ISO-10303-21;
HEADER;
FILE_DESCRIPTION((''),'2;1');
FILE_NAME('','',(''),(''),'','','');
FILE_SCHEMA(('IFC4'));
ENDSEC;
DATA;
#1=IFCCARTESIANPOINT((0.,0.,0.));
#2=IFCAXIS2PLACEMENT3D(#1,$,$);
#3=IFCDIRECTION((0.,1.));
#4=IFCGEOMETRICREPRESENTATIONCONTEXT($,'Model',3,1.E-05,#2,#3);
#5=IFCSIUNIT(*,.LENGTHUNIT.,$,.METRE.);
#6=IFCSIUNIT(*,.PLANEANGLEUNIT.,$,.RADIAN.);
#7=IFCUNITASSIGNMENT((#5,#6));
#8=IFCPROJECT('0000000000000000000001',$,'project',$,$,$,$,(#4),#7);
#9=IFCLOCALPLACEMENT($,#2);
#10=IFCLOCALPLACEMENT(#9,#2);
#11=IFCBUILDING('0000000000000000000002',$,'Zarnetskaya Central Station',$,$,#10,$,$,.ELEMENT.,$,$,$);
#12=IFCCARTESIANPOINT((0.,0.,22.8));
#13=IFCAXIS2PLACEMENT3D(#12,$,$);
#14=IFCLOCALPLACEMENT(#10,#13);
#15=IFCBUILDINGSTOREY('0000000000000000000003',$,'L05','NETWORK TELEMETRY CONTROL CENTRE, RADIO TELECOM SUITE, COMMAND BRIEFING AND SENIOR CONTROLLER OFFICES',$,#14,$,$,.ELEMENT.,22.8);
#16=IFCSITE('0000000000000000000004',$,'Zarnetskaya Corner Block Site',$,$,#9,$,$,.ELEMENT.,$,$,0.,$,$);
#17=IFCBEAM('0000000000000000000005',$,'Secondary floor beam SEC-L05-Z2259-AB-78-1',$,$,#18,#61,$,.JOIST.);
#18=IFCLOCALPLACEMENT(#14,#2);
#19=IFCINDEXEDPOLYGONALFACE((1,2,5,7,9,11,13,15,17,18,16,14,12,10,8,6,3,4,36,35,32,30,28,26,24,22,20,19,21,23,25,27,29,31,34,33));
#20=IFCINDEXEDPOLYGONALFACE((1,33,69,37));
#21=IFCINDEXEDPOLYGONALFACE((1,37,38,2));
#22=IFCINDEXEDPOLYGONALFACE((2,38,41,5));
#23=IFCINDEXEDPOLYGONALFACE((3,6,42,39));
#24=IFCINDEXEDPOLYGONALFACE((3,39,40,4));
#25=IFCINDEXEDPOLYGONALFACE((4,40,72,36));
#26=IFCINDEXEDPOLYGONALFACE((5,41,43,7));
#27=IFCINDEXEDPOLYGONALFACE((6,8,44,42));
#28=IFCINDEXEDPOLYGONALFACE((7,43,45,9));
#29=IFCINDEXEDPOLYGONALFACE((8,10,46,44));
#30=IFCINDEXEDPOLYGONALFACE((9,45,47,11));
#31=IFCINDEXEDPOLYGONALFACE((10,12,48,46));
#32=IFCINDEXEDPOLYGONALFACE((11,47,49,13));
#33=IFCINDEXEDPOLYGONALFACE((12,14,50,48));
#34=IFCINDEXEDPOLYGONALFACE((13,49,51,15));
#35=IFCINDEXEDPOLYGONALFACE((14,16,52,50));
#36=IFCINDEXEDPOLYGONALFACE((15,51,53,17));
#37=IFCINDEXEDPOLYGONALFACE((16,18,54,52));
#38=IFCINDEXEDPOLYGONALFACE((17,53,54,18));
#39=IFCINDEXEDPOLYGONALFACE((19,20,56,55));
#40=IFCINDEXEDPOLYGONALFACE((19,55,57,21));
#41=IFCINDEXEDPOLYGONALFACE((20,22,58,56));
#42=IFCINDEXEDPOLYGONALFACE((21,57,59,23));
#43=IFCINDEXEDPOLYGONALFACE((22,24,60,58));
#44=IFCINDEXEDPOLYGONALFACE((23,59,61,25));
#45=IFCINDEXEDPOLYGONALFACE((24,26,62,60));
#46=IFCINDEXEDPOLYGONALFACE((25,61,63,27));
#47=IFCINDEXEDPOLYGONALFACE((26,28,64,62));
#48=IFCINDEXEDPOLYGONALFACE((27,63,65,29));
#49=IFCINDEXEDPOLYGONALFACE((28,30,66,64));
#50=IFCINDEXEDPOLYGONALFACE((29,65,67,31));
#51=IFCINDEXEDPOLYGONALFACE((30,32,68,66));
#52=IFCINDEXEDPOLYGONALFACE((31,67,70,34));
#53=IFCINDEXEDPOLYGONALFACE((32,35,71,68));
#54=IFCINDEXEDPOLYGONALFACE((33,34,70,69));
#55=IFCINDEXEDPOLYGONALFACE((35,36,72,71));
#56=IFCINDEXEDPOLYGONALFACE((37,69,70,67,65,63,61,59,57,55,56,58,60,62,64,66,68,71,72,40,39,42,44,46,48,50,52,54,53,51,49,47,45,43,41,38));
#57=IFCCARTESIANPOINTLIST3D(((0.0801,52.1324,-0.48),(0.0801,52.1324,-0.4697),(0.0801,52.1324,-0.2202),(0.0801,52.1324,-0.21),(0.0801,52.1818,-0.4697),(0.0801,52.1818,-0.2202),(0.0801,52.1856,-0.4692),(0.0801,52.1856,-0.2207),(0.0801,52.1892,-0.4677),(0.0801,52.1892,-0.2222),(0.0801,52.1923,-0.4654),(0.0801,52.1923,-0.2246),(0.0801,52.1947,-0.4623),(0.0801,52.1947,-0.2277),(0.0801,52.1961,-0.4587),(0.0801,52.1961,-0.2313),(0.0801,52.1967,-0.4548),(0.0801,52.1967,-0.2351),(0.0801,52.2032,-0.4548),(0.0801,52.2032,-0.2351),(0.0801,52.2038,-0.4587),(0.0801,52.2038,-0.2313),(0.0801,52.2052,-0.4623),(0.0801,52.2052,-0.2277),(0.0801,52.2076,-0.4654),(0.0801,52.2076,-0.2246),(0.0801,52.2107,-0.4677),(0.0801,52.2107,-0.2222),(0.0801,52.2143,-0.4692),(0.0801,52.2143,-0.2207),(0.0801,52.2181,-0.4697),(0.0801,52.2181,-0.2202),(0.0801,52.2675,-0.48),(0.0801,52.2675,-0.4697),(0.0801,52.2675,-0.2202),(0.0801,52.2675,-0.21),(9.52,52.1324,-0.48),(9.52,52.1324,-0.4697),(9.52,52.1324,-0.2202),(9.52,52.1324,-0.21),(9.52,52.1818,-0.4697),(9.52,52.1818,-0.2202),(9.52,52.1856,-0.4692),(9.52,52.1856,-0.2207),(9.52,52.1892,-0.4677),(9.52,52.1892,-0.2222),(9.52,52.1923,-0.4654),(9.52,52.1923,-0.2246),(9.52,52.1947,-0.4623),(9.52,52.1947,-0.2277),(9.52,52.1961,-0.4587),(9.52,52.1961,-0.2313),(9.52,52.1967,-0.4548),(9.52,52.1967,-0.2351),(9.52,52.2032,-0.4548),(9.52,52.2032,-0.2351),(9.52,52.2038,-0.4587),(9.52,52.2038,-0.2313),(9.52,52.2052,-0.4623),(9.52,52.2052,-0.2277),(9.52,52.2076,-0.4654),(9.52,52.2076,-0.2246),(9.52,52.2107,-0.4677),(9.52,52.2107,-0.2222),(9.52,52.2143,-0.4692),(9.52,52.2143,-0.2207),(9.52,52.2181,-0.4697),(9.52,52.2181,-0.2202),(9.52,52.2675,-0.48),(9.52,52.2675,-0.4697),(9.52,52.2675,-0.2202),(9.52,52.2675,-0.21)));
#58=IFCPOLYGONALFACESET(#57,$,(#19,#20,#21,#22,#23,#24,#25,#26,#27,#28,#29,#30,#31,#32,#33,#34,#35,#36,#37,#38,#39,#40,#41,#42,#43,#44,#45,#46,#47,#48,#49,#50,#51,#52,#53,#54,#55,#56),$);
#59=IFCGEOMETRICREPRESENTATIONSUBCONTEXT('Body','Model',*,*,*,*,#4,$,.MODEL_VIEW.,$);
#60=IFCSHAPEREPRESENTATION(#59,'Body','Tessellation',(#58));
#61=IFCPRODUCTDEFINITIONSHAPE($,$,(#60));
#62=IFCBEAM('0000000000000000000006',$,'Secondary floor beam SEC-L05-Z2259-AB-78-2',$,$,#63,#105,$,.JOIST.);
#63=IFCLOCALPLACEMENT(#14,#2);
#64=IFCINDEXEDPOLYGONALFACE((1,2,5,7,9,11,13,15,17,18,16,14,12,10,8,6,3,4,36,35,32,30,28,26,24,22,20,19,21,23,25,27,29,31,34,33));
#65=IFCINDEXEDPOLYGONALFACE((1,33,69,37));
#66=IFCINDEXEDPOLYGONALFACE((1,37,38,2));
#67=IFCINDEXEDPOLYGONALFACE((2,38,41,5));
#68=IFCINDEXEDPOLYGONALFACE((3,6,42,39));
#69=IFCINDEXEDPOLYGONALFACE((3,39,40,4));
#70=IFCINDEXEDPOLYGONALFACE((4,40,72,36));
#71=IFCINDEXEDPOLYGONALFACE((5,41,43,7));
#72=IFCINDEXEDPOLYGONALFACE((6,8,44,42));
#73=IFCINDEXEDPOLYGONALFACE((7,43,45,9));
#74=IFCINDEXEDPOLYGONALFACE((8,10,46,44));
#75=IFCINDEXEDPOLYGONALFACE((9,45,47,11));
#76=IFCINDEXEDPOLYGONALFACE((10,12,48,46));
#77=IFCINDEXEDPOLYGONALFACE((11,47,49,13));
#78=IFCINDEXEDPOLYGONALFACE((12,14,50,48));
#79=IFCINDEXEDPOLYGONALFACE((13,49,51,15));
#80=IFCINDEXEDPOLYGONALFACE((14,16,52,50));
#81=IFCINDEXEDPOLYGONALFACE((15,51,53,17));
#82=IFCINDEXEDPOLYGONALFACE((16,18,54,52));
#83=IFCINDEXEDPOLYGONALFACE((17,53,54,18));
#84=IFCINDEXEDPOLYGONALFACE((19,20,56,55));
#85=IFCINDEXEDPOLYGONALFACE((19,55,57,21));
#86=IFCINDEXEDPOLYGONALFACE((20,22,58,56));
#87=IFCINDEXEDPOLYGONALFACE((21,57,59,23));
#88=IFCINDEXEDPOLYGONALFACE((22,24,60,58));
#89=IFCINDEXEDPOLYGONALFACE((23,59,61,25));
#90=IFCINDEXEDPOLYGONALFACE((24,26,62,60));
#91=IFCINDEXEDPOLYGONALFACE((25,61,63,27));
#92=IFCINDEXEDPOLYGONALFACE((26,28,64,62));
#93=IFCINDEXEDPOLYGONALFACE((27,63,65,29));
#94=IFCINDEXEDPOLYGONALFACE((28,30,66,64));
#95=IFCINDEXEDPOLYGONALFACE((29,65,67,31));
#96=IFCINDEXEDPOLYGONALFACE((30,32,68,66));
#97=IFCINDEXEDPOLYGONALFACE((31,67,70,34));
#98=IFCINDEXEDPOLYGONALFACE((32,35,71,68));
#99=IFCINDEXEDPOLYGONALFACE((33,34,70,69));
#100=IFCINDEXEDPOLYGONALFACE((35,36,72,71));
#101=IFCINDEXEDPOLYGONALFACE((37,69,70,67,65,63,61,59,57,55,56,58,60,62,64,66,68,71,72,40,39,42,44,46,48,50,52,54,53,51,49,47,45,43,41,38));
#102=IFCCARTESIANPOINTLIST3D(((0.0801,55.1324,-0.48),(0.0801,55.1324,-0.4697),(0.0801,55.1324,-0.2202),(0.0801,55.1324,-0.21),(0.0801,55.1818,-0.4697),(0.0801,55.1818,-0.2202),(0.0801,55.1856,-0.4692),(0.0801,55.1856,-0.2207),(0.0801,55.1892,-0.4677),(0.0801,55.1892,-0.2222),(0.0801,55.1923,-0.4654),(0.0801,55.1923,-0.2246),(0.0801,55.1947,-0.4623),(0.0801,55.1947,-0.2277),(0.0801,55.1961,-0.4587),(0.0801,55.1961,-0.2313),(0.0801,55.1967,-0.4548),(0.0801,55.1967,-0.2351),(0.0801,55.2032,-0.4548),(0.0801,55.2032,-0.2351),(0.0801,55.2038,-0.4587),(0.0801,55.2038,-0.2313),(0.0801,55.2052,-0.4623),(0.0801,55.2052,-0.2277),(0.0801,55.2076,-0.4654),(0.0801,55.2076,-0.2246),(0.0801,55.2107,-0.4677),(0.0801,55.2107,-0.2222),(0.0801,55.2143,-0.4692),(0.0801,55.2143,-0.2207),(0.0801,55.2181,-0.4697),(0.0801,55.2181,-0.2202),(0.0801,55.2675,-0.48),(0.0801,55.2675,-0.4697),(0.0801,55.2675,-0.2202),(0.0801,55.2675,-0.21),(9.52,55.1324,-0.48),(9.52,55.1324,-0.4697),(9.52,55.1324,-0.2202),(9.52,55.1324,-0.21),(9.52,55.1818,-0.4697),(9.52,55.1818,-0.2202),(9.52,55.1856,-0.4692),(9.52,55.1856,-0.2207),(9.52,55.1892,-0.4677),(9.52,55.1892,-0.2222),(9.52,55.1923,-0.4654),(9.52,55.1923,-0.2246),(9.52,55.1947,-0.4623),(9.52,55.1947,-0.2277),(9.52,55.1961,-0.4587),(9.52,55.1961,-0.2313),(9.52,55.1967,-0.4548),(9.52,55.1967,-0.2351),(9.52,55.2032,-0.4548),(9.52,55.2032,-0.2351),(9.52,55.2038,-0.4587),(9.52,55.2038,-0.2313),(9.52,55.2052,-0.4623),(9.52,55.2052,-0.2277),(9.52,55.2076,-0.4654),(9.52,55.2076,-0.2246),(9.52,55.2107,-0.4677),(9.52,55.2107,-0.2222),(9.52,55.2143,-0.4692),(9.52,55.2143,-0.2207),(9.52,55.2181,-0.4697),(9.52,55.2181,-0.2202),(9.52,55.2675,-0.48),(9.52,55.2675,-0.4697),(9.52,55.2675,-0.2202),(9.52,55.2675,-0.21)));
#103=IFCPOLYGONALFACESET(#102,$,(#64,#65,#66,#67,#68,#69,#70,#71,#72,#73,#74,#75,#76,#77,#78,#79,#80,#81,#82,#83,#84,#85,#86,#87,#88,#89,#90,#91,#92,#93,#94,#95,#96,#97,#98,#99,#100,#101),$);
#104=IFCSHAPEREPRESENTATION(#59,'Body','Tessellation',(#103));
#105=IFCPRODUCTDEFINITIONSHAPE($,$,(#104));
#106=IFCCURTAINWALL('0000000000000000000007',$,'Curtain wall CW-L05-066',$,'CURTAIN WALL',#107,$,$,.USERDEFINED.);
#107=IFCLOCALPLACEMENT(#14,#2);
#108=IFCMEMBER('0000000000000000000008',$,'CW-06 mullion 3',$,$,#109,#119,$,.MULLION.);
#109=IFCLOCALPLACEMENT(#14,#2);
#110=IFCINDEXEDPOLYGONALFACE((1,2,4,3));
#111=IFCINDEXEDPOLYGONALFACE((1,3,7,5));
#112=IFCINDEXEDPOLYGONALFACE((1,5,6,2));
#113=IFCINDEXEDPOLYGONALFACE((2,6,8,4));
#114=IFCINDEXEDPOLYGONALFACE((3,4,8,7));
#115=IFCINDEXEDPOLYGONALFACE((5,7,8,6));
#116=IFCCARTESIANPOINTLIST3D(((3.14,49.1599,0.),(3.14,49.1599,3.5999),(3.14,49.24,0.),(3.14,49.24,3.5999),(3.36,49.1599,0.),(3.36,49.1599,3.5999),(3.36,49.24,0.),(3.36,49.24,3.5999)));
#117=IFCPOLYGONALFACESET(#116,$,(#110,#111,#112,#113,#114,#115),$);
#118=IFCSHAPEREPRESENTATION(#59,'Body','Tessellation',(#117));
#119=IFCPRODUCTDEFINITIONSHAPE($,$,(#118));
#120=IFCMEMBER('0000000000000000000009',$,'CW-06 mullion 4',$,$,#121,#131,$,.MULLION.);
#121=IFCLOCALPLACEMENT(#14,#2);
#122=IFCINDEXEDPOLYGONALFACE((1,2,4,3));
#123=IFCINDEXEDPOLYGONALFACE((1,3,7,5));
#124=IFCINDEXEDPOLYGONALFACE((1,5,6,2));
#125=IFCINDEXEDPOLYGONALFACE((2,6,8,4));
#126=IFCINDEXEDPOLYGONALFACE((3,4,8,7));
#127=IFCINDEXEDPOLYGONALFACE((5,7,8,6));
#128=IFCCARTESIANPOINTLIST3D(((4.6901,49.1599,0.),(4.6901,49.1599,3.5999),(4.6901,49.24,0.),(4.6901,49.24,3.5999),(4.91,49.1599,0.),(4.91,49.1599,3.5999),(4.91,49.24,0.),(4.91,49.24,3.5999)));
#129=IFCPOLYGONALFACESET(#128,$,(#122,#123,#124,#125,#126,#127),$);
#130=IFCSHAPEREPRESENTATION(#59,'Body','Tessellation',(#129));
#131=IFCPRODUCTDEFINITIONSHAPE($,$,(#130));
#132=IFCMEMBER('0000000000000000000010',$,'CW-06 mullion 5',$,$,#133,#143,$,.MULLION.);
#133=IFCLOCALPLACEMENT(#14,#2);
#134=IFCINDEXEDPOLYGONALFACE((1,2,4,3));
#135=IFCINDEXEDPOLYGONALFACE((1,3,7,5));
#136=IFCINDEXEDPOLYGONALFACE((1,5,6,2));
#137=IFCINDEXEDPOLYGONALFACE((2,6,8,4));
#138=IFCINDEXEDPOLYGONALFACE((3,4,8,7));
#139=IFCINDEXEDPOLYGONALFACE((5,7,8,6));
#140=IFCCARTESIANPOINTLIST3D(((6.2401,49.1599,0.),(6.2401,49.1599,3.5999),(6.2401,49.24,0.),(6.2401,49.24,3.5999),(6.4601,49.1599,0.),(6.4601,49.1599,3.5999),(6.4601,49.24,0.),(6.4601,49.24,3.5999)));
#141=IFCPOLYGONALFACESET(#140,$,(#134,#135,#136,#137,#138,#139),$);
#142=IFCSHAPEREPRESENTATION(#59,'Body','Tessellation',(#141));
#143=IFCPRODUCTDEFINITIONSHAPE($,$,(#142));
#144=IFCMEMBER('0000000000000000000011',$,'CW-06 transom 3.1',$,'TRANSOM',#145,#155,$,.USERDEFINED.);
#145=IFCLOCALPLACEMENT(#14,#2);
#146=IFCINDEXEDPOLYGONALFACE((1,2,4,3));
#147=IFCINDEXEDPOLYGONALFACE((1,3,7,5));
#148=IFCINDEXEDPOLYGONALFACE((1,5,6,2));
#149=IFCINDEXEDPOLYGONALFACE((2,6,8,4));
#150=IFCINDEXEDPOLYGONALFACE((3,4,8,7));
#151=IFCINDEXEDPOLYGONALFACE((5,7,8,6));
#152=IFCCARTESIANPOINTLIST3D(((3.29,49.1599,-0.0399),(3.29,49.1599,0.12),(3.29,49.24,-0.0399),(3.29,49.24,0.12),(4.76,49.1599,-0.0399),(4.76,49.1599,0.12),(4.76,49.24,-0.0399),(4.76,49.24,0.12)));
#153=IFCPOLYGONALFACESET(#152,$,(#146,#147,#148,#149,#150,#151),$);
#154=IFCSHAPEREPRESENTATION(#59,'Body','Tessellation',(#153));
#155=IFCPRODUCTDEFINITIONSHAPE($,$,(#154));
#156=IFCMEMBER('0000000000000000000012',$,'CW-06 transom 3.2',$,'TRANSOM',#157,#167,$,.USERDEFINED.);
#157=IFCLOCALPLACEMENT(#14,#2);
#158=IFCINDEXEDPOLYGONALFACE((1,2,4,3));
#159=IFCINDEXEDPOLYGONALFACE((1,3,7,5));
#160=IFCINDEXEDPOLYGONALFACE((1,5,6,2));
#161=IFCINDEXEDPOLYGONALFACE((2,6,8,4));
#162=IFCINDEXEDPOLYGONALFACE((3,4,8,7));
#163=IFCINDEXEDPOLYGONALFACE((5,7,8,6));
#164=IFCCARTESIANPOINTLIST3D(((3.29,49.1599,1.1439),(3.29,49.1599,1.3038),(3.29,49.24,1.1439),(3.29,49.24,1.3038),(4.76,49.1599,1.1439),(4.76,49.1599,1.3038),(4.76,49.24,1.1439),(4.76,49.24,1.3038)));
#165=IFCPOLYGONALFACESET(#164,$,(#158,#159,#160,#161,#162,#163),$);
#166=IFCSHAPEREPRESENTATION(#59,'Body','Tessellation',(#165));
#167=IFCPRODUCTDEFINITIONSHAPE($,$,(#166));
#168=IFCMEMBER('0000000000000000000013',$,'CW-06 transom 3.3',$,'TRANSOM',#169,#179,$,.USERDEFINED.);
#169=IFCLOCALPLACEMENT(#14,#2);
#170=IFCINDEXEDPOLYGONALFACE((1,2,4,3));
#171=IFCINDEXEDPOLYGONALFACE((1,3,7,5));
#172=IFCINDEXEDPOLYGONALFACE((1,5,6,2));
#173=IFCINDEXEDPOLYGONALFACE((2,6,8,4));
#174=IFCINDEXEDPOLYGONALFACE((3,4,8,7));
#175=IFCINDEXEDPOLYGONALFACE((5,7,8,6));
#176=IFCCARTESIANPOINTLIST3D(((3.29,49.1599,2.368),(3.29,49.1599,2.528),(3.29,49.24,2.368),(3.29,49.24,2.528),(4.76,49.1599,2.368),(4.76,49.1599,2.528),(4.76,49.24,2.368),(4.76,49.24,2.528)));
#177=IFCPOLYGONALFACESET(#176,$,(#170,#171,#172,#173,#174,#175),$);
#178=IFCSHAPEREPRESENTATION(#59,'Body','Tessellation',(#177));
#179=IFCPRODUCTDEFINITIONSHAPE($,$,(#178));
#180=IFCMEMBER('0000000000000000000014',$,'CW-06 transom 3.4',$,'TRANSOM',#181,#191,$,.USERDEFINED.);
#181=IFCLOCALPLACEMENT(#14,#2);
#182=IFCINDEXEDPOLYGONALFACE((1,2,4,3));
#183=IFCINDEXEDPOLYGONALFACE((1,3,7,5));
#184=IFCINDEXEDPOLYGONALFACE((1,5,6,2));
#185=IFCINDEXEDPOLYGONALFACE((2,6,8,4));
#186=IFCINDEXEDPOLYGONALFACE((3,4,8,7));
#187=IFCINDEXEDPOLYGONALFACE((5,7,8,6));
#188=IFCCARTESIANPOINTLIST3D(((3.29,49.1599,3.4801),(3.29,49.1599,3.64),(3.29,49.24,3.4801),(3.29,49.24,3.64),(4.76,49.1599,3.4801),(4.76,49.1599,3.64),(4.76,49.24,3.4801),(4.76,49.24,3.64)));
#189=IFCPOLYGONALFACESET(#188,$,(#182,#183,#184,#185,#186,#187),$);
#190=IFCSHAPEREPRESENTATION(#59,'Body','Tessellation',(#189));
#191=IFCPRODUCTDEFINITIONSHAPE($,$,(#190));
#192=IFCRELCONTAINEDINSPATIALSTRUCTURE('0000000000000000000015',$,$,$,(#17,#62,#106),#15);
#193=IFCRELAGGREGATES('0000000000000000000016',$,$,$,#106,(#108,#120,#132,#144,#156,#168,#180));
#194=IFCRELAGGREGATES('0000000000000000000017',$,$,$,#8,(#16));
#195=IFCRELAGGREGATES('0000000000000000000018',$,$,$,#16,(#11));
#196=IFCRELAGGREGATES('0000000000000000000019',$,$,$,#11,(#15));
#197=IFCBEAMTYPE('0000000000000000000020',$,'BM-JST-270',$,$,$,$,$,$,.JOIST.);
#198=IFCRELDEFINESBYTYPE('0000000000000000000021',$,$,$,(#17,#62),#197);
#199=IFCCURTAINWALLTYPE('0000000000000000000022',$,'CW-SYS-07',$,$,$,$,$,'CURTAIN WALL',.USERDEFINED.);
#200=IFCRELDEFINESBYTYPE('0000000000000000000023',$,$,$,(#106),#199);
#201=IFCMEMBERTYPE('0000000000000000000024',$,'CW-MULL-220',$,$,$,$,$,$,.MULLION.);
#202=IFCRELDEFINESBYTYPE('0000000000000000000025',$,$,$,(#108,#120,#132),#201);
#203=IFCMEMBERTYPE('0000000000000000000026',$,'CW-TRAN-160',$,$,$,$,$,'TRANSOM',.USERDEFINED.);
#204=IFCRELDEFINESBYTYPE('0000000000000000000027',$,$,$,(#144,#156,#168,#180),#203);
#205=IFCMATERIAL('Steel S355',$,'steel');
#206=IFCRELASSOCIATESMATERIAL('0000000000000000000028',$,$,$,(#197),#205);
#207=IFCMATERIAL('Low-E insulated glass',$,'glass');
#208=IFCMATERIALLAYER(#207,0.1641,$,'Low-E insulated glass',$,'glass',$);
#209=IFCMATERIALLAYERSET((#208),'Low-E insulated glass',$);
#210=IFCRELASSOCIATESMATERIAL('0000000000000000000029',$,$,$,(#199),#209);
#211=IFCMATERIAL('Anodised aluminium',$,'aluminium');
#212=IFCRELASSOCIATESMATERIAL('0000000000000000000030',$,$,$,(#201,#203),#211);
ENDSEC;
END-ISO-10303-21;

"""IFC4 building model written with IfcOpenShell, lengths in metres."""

from ifc_helpers import new_model, si_unit, direction, frame, origin, origin_2d, place, context, subcontext, project, spatial, rectangle, i_section, extrude, material, layer, layer_set, material_profile, profile_set, type_object, element, aggregate, save


model = new_model("IFC4")

# Units and contexts
model_context = context("Model", 3, precision=1e-05, world=origin(), true_north=direction((0.0, 1.0)))
body_context = subcontext(model_context, "Body", "Model", "MODEL_VIEW")
ifc_project = project(units=[si_unit("LENGTHUNIT", "METRE"), si_unit("PLANEANGLEUNIT", "RADIAN")], contexts=[model_context])

# Site, building, storey
site_placement = place(None, origin())
site = spatial("IfcSite", under=ifc_project, at=site_placement, Name="Zarnetskaya Corner Block Site", CompositionType="ELEMENT", RefElevation=0.0)
building_placement = place(site_placement, origin())
building = spatial("IfcBuilding", under=site, at=building_placement, Name="Zarnetskaya Central Station", CompositionType="ELEMENT")
storey_placement = place(building_placement, frame((0.0, 0.0, 22.8)))
storey = spatial("IfcBuildingStorey", under=building, at=storey_placement, Name="L05", Description="NETWORK TELEMETRY CONTROL CENTRE, RADIO TELECOM SUITE, COMMAND BRIEFING AND SENIOR CONTROLLER OFFICES", CompositionType="ELEMENT", Elevation=22.8)

# Beams
ifc_material_1 = material(Name="Steel S355", Category="steel")
ifc_material_profile_1 = material_profile(ifc_material_1, i_section(OverallWidth=0.135, OverallDepth=0.27, WebThickness=0.0066, FlangeThickness=0.0103, FilletRadius=0.0149, at=origin_2d()), Name="IPE 270")
ifc_profile_set_1 = profile_set([ifc_material_profile_1], Name="Steel S355")
beam_type_1 = type_object("IfcBeamType", Name="BM-JST-270", PredefinedType="JOIST", material=ifc_profile_set_1)
for number, where, z_axis, x_axis, name in (
    (1, (0.0801, 52.2, -0.345), (1.0, 0.0, 0.0), (0.0, 1.0, 0.0), "Secondary floor beam SEC-L05-Z2259-AB-78-1"),
    (2, (0.0801, 55.2, -0.345), (1.0, 0.0, 0.0), (0.0, 1.0, 0.0), "Secondary floor beam SEC-L05-Z2259-AB-78-2"),
):
    element("IfcBeam", number, at=place(storey_placement, frame(where, z_axis=z_axis, x_axis=x_axis)), inside=storey, type_object=beam_type_1, Name=name, PredefinedType="JOIST", context=body_context, shape_type="SweptSolid", body=[
        extrude(i_section(OverallWidth=0.135, OverallDepth=0.27, WebThickness=0.0066, FlangeThickness=0.0103, FilletRadius=0.0149, at=origin_2d()), origin(), (0.0, 0.0, 1.0), 9.4399),
    ])

# Curtain wall, members
ifc_material_2 = material(Name="Low-E insulated glass", Category="glass")
ifc_layer_1 = layer(ifc_material_2, 0.1641, Name="Low-E insulated glass", Category="glass")
ifc_layer_set_1 = layer_set([ifc_layer_1], Name="Low-E insulated glass")
curtain_wall_type = type_object("IfcCurtainWallType", Name="CW-SYS-07", ElementType="CURTAIN WALL", PredefinedType="USERDEFINED", material=ifc_layer_set_1)
curtain_wall_placement = place(storey_placement, origin())
curtain_wall = element("IfcCurtainWall", 3, at=curtain_wall_placement, inside=storey, type_object=curtain_wall_type, Name="Curtain wall CW-L05-066", ObjectType="CURTAIN WALL", PredefinedType="USERDEFINED")
ifc_material_3 = material(Name="Anodised aluminium", Category="aluminium")
ifc_material_profile_2 = material_profile(ifc_material_3, rectangle(XDim=0.0801, YDim=0.22, at=origin_2d()), Name="ALU MULL 80x220")
ifc_profile_set_2 = profile_set([ifc_material_profile_2], Name="Anodised aluminium")
member_type_1 = type_object("IfcMemberType", Name="CW-MULL-220", PredefinedType="MULLION", material=ifc_profile_set_2)
member_1_placement = place(storey_placement, frame((3.25, 49.2, 0.0), z_axis=(0.0, 0.0, 1.0), x_axis=(0.0, 1.0, 0.0)))
member_1 = element("IfcMember", 4, at=member_1_placement, type_object=member_type_1, Name="CW-06 mullion 3", PredefinedType="MULLION", context=body_context, shape_type="SweptSolid", body=[
    extrude(rectangle(XDim=0.0801, YDim=0.22, at=origin_2d()), origin(), (0.0, 0.0, 1.0), 3.5999),
])
member_2_placement = place(storey_placement, frame((4.8, 49.2, 0.0), z_axis=(0.0, 0.0, 1.0), x_axis=(0.0, 1.0, 0.0)))
member_2 = element("IfcMember", 5, at=member_2_placement, type_object=member_type_1, Name="CW-06 mullion 4", PredefinedType="MULLION", context=body_context, shape_type="SweptSolid", body=[
    extrude(rectangle(XDim=0.0801, YDim=0.22, at=origin_2d()), origin(), (0.0, 0.0, 1.0), 3.5999),
])
member_3_placement = place(storey_placement, frame((6.3501, 49.2, 0.0), z_axis=(0.0, 0.0, 1.0), x_axis=(0.0, 1.0, 0.0)))
member_3 = element("IfcMember", 6, at=member_3_placement, type_object=member_type_1, Name="CW-06 mullion 5", PredefinedType="MULLION", context=body_context, shape_type="SweptSolid", body=[
    extrude(rectangle(XDim=0.0801, YDim=0.22, at=origin_2d()), origin(), (0.0, 0.0, 1.0), 3.5999),
])
ifc_material_profile_3 = material_profile(ifc_material_3, rectangle(XDim=0.0801, YDim=0.1599, at=origin_2d()), Name="ALU TRAN 80x160")
ifc_profile_set_3 = profile_set([ifc_material_profile_3], Name="Anodised aluminium")
member_type_2 = type_object("IfcMemberType", Name="CW-TRAN-160", ElementType="TRANSOM", PredefinedType="USERDEFINED", material=ifc_profile_set_3)
member_4_placement = place(storey_placement, frame((3.29, 49.2, 0.04), z_axis=(1.0, 0.0, 0.0), x_axis=(0.0, 1.0, 0.0)))
member_4 = element("IfcMember", 7, at=member_4_placement, type_object=member_type_2, Name="CW-06 transom 3.1", ObjectType="TRANSOM", PredefinedType="USERDEFINED", context=body_context, shape_type="SweptSolid", body=[
    extrude(rectangle(XDim=0.0801, YDim=0.1599, at=origin_2d()), origin(), (0.0, 0.0, 1.0), 1.47),
])
member_5_placement = place(storey_placement, frame((3.29, 49.2, 1.2239), z_axis=(1.0, 0.0, 0.0), x_axis=(0.0, 1.0, 0.0)))
member_5 = element("IfcMember", 8, at=member_5_placement, type_object=member_type_2, Name="CW-06 transom 3.2", ObjectType="TRANSOM", PredefinedType="USERDEFINED", context=body_context, shape_type="SweptSolid", body=[
    extrude(rectangle(XDim=0.0801, YDim=0.1599, at=origin_2d()), origin(), (0.0, 0.0, 1.0), 1.47),
])
member_6_placement = place(storey_placement, frame((3.29, 49.2, 2.448), z_axis=(1.0, 0.0, 0.0), x_axis=(0.0, 1.0, 0.0)))
member_6 = element("IfcMember", 9, at=member_6_placement, type_object=member_type_2, Name="CW-06 transom 3.3", ObjectType="TRANSOM", PredefinedType="USERDEFINED", context=body_context, shape_type="SweptSolid", body=[
    extrude(rectangle(XDim=0.0801, YDim=0.1599, at=origin_2d()), origin(), (0.0, 0.0, 1.0), 1.47),
])
member_7_placement = place(storey_placement, frame((3.29, 49.2, 3.5601), z_axis=(1.0, 0.0, 0.0), x_axis=(0.0, 1.0, 0.0)))
member_7 = element("IfcMember", 10, at=member_7_placement, type_object=member_type_2, Name="CW-06 transom 3.4", ObjectType="TRANSOM", PredefinedType="USERDEFINED", context=body_context, shape_type="SweptSolid", body=[
    extrude(rectangle(XDim=0.0801, YDim=0.1599, at=origin_2d()), origin(), (0.0, 0.0, 1.0), 1.47),
])

aggregate(curtain_wall, [member_1, member_2, member_3, member_4, member_5, member_6, member_7])

save(model, "model.ifc")
